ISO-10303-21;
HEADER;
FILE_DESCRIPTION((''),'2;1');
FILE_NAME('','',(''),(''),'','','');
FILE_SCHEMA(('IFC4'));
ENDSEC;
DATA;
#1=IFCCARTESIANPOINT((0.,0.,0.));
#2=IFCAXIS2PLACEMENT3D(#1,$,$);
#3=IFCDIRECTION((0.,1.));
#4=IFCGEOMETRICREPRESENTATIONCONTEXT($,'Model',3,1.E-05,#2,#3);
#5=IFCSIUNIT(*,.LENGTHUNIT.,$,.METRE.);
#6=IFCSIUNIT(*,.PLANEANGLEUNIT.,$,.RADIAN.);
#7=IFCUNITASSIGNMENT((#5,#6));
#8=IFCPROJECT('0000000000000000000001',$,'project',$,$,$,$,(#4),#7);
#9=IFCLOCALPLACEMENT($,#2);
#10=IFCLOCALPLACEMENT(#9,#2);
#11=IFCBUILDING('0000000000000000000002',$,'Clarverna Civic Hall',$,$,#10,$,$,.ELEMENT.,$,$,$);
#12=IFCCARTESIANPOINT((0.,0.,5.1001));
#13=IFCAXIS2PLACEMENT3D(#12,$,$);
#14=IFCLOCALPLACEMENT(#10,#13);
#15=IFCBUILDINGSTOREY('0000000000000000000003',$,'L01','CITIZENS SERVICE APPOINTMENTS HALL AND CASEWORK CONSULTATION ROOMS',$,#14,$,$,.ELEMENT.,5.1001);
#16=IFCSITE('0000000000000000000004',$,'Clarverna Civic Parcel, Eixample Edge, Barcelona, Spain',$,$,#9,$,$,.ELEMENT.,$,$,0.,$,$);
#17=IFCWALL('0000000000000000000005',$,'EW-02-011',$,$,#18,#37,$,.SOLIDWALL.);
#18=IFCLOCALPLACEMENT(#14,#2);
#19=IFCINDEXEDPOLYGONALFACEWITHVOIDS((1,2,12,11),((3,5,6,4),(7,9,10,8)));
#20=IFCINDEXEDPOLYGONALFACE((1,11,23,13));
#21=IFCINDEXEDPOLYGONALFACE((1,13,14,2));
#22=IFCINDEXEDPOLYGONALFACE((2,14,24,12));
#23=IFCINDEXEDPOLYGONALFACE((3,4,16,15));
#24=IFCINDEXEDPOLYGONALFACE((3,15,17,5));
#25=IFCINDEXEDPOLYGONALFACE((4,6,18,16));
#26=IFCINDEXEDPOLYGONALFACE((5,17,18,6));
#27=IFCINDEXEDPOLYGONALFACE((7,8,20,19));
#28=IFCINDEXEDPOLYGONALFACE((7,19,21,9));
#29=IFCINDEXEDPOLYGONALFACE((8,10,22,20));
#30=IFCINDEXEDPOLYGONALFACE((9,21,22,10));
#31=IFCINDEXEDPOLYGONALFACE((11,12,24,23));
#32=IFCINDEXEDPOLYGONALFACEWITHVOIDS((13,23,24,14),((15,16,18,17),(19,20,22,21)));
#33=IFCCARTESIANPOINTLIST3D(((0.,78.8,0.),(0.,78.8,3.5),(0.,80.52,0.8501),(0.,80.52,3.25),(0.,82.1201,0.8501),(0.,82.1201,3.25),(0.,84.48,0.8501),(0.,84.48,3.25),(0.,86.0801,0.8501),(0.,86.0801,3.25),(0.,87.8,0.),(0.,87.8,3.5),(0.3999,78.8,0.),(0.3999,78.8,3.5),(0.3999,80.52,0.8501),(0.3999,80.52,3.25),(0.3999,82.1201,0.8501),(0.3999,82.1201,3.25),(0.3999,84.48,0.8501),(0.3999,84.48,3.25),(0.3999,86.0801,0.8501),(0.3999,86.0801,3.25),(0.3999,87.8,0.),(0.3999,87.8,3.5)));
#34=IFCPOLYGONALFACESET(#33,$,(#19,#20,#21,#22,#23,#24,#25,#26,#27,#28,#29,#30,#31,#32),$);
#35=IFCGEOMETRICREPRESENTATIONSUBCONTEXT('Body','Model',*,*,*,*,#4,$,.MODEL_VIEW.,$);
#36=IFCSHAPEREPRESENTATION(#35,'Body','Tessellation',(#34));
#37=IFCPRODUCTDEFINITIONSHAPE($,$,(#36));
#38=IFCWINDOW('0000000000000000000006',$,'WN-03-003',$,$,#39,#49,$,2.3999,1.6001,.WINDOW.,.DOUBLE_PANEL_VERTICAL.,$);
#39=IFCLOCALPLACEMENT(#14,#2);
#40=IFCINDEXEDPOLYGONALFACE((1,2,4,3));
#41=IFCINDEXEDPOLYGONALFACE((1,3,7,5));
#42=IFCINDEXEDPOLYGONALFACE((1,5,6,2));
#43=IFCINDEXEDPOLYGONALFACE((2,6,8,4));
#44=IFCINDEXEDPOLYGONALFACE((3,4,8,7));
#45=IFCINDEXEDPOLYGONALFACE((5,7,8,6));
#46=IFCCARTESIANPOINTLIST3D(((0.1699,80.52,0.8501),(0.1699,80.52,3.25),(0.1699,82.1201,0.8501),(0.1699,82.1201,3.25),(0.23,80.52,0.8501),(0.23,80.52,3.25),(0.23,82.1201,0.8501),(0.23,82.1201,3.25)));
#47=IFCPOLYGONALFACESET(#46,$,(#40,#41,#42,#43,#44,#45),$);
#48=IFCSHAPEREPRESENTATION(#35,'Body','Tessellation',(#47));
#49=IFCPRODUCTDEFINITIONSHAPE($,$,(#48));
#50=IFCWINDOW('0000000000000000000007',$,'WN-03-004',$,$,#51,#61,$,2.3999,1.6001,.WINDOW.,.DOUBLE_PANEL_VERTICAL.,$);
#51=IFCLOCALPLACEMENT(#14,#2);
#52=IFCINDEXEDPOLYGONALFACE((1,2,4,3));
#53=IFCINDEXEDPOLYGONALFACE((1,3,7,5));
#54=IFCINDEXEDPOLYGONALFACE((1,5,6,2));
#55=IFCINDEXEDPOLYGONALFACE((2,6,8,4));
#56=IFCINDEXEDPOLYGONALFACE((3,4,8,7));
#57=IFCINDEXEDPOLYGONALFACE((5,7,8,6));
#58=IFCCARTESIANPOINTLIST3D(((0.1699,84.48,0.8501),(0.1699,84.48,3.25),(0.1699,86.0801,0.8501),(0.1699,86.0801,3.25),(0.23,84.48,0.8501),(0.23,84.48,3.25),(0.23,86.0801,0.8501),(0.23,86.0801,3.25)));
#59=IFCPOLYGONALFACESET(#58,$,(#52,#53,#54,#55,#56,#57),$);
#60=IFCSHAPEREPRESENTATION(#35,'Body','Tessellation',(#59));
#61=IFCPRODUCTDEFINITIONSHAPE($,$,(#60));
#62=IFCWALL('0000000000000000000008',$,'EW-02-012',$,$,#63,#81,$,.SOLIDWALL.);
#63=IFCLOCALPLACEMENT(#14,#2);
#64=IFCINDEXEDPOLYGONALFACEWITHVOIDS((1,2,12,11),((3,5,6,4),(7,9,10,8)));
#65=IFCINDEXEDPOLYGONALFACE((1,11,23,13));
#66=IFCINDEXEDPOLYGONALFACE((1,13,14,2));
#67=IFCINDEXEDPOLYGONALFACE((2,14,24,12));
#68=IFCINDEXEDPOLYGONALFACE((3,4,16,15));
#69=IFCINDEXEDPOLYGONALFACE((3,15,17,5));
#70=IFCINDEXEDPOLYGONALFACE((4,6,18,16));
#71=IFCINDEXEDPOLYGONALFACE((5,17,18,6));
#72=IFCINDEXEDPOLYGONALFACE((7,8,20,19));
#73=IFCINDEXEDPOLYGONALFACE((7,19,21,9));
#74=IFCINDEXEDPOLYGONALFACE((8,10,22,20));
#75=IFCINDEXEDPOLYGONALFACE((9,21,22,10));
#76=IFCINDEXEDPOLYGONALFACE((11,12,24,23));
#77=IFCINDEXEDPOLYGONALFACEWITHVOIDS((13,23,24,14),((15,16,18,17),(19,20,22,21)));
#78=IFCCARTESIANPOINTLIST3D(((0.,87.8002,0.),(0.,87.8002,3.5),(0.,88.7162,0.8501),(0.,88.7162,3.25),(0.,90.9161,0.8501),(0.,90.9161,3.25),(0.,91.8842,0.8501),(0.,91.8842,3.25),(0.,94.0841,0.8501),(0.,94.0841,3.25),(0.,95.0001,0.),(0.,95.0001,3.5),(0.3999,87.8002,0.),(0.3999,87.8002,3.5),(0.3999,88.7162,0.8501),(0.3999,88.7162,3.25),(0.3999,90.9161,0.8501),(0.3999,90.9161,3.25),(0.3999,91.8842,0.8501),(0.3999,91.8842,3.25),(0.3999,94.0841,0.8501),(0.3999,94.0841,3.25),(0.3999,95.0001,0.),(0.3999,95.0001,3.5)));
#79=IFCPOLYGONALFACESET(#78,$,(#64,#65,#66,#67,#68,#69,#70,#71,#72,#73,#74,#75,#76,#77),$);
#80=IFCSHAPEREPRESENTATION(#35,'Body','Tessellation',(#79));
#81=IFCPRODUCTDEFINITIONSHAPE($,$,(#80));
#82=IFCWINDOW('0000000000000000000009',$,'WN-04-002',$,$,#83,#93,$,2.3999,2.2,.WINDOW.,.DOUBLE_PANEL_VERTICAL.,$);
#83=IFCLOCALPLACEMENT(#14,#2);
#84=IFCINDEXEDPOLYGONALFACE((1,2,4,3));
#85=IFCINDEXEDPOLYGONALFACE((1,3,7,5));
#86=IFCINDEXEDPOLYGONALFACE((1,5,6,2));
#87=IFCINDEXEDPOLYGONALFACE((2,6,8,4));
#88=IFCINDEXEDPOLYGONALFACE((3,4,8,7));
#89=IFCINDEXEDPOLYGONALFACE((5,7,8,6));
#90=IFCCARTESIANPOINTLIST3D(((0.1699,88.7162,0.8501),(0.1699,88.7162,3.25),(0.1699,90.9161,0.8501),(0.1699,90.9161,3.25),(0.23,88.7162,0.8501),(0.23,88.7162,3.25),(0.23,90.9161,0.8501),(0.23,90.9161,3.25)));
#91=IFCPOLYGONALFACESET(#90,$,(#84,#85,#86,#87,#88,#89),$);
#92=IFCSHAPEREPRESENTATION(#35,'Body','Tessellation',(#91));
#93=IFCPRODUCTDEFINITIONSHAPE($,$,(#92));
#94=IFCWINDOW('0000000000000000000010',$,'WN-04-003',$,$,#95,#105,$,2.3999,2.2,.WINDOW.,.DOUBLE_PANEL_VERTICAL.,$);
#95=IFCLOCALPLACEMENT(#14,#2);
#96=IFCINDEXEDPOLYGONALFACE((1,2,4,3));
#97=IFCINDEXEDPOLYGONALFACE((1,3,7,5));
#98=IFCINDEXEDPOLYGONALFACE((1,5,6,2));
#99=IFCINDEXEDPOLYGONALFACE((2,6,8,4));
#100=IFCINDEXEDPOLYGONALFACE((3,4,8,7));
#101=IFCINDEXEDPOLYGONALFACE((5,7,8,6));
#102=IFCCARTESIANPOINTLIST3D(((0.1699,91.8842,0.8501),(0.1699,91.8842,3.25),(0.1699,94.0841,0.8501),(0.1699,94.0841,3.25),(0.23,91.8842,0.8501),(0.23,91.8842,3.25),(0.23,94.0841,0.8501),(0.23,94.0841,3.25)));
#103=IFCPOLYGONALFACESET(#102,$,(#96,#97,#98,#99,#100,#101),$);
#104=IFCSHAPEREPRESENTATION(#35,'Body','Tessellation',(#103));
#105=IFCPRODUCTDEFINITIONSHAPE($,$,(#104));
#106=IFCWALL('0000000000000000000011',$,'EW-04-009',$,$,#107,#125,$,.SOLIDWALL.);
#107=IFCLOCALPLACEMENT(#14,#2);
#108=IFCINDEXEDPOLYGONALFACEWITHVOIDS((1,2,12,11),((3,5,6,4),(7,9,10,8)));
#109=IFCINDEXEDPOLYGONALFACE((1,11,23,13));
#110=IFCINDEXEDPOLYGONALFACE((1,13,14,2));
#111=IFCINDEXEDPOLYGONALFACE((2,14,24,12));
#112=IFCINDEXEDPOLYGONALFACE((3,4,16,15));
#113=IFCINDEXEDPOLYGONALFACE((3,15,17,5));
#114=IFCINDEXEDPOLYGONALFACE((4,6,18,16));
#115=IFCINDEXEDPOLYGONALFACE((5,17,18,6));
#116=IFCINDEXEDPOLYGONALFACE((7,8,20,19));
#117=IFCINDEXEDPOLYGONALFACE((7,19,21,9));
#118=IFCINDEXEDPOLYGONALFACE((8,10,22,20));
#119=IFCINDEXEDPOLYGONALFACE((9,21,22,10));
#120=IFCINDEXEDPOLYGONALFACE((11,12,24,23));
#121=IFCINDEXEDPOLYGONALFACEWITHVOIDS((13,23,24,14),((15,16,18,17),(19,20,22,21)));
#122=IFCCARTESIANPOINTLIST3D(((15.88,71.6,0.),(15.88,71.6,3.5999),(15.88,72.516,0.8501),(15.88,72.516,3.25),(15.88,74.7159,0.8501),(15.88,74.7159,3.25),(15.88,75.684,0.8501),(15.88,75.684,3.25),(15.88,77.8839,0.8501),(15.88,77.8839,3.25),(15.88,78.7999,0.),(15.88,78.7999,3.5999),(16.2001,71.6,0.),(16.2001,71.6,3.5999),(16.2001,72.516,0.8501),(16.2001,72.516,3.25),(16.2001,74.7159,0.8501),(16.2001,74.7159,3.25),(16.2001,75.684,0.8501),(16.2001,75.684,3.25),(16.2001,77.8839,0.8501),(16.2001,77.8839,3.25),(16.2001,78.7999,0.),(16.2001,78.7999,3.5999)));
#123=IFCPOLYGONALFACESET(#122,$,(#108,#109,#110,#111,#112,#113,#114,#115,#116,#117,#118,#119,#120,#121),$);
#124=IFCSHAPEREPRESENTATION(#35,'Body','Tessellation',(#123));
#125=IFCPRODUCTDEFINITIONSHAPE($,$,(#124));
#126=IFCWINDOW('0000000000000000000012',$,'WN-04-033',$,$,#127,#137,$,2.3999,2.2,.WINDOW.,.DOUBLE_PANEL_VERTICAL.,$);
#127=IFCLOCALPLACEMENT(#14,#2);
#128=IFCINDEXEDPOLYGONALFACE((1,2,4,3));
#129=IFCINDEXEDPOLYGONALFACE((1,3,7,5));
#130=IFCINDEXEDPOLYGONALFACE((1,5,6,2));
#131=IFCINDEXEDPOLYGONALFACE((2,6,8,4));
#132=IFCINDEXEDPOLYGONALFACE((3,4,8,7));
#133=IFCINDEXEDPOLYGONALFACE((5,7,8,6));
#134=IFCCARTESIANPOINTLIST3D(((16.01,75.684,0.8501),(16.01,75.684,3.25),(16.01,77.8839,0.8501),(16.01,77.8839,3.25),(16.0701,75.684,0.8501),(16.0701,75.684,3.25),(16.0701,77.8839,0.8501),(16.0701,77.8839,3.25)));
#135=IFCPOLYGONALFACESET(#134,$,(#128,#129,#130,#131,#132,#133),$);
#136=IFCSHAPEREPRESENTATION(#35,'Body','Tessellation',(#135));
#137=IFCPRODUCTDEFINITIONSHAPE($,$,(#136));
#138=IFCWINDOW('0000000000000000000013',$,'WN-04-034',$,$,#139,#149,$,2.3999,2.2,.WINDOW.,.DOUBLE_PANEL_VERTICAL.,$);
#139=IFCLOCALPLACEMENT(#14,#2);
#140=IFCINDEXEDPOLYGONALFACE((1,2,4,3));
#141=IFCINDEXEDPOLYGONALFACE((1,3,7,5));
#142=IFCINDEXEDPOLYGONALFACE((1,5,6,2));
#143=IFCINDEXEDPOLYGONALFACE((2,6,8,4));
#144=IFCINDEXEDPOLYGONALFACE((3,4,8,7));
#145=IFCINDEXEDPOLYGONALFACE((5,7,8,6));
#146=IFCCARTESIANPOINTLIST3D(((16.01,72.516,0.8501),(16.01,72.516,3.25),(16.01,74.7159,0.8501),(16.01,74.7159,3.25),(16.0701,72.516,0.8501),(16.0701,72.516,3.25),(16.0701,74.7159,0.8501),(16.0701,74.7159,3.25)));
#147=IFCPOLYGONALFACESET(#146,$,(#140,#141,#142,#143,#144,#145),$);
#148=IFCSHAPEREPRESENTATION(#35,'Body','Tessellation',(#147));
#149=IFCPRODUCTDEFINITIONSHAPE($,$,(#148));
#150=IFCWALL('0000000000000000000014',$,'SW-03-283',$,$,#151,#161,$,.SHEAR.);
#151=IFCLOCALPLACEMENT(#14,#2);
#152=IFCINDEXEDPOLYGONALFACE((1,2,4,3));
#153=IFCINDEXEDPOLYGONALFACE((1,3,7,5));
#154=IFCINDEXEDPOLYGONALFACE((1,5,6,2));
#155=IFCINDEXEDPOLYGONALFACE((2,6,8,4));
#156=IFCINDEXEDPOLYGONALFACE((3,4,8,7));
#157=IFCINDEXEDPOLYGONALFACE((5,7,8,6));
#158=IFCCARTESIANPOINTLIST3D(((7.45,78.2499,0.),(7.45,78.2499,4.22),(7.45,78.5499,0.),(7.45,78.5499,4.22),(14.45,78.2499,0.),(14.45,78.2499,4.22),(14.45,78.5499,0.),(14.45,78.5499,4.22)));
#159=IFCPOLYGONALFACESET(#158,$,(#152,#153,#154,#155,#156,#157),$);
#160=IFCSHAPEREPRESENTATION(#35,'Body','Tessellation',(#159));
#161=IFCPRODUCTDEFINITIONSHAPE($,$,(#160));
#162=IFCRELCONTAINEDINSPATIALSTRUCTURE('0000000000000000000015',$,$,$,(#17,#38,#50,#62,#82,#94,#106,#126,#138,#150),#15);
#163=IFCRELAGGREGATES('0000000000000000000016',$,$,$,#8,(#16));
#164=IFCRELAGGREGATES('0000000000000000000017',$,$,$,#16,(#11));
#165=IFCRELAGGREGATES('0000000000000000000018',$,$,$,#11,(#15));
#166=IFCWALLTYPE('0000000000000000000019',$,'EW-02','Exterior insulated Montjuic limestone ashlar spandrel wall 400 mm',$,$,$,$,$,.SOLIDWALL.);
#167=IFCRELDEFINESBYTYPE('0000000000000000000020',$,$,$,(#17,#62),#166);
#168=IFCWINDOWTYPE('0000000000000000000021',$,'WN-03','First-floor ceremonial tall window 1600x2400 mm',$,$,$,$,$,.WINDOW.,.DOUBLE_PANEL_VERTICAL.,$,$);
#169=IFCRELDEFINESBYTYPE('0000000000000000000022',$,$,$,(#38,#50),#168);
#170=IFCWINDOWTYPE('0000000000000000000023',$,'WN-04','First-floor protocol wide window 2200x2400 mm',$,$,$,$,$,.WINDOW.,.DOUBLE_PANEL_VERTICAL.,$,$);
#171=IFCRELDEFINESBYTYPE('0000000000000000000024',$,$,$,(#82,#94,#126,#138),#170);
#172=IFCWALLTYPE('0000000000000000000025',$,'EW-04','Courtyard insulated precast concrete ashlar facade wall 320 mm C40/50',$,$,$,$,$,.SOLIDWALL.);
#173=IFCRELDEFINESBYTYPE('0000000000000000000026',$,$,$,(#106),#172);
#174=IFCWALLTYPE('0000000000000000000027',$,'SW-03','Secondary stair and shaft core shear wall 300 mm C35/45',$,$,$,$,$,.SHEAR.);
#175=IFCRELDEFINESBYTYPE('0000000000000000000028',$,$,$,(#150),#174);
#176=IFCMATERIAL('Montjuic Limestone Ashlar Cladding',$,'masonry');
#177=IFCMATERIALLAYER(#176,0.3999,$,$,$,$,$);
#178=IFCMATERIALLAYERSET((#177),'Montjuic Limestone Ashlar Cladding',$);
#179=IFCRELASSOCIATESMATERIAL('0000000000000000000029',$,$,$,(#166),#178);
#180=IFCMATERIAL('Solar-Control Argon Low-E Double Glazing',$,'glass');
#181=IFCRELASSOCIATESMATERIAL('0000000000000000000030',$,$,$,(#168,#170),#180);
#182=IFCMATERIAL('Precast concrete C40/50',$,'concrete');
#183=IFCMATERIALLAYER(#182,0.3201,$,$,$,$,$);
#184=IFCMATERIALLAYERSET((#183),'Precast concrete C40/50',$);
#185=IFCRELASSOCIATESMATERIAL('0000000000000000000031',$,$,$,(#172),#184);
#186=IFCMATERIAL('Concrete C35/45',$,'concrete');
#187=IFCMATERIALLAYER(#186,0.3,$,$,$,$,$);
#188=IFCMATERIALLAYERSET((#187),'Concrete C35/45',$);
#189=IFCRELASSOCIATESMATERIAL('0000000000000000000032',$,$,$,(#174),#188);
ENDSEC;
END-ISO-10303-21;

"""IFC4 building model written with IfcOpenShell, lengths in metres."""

from ifc_helpers import new_model, si_unit, direction, frame, frame_2d, origin, place, context, subcontext, project, spatial, rectangle, extrude, material, layer, layer_set, type_object, element, fill, save


model = new_model("IFC4")

# Units and contexts
model_context = context("Model", 3, precision=1e-05, world=origin(), true_north=direction((0.0, 1.0)))
body_context = subcontext(model_context, "Body", "Model", "MODEL_VIEW")
ifc_project = project(units=[si_unit("LENGTHUNIT", "METRE"), si_unit("PLANEANGLEUNIT", "RADIAN")], contexts=[model_context])

# Site, building, storey
site_placement = place(None, origin())
site = spatial("IfcSite", under=ifc_project, at=site_placement, Name="Clarverna Civic Parcel, Eixample Edge, Barcelona, Spain", CompositionType="ELEMENT", RefElevation=0.0)
building_placement = place(site_placement, origin())
building = spatial("IfcBuilding", under=site, at=building_placement, Name="Clarverna Civic Hall", CompositionType="ELEMENT")
storey_placement = place(building_placement, frame((0.0, 0.0, 5.1001)))
storey = spatial("IfcBuildingStorey", under=building, at=storey_placement, Name="L01", Description="CITIZENS SERVICE APPOINTMENTS HALL AND CASEWORK CONSULTATION ROOMS", CompositionType="ELEMENT", Elevation=5.1001)

# Shared definitions
ifc_material_1 = material(Name="Concrete C35/45", Category="concrete")

# Walls, openings, windows
ifc_material_2 = material(Name="Montjuic Limestone Ashlar Cladding", Category="masonry")
ifc_layer_1 = layer(ifc_material_2, 0.3999)
ifc_layer_set_1 = layer_set([ifc_layer_1], Name="Montjuic Limestone Ashlar Cladding")
wall_type_1 = type_object("IfcWallType", Name="EW-02", Description="Exterior insulated Montjuic limestone ashlar spandrel wall 400 mm", PredefinedType="SOLIDWALL", material=ifc_layer_set_1)
wall_1_placement = place(storey_placement, frame((0.2, 78.8, 0.0), z_axis=(0.0, 0.0, 1.0), x_axis=(0.0, 1.0, 0.0)))
wall_1 = element("IfcWall", 1, at=wall_1_placement, inside=storey, type_object=wall_type_1, Name="EW-02-011", PredefinedType="SOLIDWALL", context=body_context, shape_type="SweptSolid", body=[
    extrude(rectangle(XDim=9.0, YDim=0.3999, at=frame_2d((4.5, 0.0))), origin(), (0.0, 0.0, 1.0), 3.5),
])
opening_1_placement = place(wall_1_placement, frame((1.72, 0.0, 0.8501)))
opening_1 = element("IfcOpeningElement", 2, at=opening_1_placement, cuts=wall_1, PredefinedType="OPENING", context=body_context, shape_type="SweptSolid", body=[
    extrude(rectangle(XDim=1.6001, YDim=2.3999, at=frame_2d((0.8, 1.2))), frame((0.0, 0.21, 0.0), z_axis=(0.0, -1.0, 0.0), x_axis=(1.0, 0.0, 0.0)), (0.0, 0.0, 1.0), 0.4199),
])
opening_2_placement = place(wall_1_placement, frame((5.6799, 0.0, 0.8501)))
opening_2 = element("IfcOpeningElement", 3, at=opening_2_placement, cuts=wall_1, PredefinedType="OPENING", context=body_context, shape_type="SweptSolid", body=[
    extrude(rectangle(XDim=1.6001, YDim=2.3999, at=frame_2d((0.8, 1.2))), frame((0.0, 0.21, 0.0), z_axis=(0.0, -1.0, 0.0), x_axis=(1.0, 0.0, 0.0)), (0.0, 0.0, 1.0), 0.4199),
])
ifc_material_3 = material(Name="Solar-Control Argon Low-E Double Glazing", Category="glass")
window_type_1 = type_object("IfcWindowType", Name="WN-03", Description="First-floor ceremonial tall window 1600x2400 mm", PartitioningType="DOUBLE_PANEL_VERTICAL", PredefinedType="WINDOW", material=ifc_material_3)
window_1_placement = place(opening_1_placement, origin())
window_1 = element("IfcWindow", 4, at=window_1_placement, inside=storey, type_object=window_type_1, Name="WN-03-003", OverallHeight=2.3999, OverallWidth=1.6001, PartitioningType="DOUBLE_PANEL_VERTICAL", PredefinedType="WINDOW", context=body_context, shape_type="SweptSolid", body=[
    extrude(rectangle(XDim=1.6001, YDim=2.3999, at=frame_2d((0.8, 1.2))), frame((0.0, 0.03, 0.0), z_axis=(0.0, -1.0, 0.0), x_axis=(1.0, 0.0, 0.0)), (0.0, 0.0, 1.0), 0.0601),
])
fill(opening_1, window_1)
window_2_placement = place(opening_2_placement, origin())
window_2 = element("IfcWindow", 5, at=window_2_placement, inside=storey, type_object=window_type_1, Name="WN-03-004", OverallHeight=2.3999, OverallWidth=1.6001, PartitioningType="DOUBLE_PANEL_VERTICAL", PredefinedType="WINDOW", context=body_context, shape_type="SweptSolid", body=[
    extrude(rectangle(XDim=1.6001, YDim=2.3999, at=frame_2d((0.8, 1.2))), frame((0.0, 0.03, 0.0), z_axis=(0.0, -1.0, 0.0), x_axis=(1.0, 0.0, 0.0)), (0.0, 0.0, 1.0), 0.0601),
])
fill(opening_2, window_2)
wall_2_placement = place(storey_placement, frame((0.2, 87.8, 0.0), z_axis=(0.0, 0.0, 1.0), x_axis=(0.0, 1.0, 0.0)))
wall_2 = element("IfcWall", 6, at=wall_2_placement, inside=storey, type_object=wall_type_1, Name="EW-02-012", PredefinedType="SOLIDWALL", context=body_context, shape_type="SweptSolid", body=[
    extrude(rectangle(XDim=7.2, YDim=0.3999, at=frame_2d((3.6001, 0.0))), origin(), (0.0, 0.0, 1.0), 3.5),
])
opening_3_placement = place(wall_2_placement, frame((0.916, 0.0, 0.8501)))
opening_3 = element("IfcOpeningElement", 7, at=opening_3_placement, cuts=wall_2, PredefinedType="OPENING", context=body_context, shape_type="SweptSolid", body=[
    extrude(rectangle(XDim=2.2, YDim=2.3999, at=frame_2d((1.1001, 1.2))), frame((0.0, 0.21, 0.0), z_axis=(0.0, -1.0, 0.0), x_axis=(1.0, 0.0, 0.0)), (0.0, 0.0, 1.0), 0.4199),
])
opening_4_placement = place(wall_2_placement, frame((4.084, 0.0, 0.8501)))
opening_4 = element("IfcOpeningElement", 8, at=opening_4_placement, cuts=wall_2, PredefinedType="OPENING", context=body_context, shape_type="SweptSolid", body=[
    extrude(rectangle(XDim=2.2, YDim=2.3999, at=frame_2d((1.1001, 1.2))), frame((0.0, 0.21, 0.0), z_axis=(0.0, -1.0, 0.0), x_axis=(1.0, 0.0, 0.0)), (0.0, 0.0, 1.0), 0.4199),
])
window_type_2 = type_object("IfcWindowType", Name="WN-04", Description="First-floor protocol wide window 2200x2400 mm", PartitioningType="DOUBLE_PANEL_VERTICAL", PredefinedType="WINDOW", material=ifc_material_3)
window_3_placement = place(opening_3_placement, origin())
window_3 = element("IfcWindow", 9, at=window_3_placement, inside=storey, type_object=window_type_2, Name="WN-04-002", OverallHeight=2.3999, OverallWidth=2.2, PartitioningType="DOUBLE_PANEL_VERTICAL", PredefinedType="WINDOW", context=body_context, shape_type="SweptSolid", body=[
    extrude(rectangle(XDim=2.2, YDim=2.3999, at=frame_2d((1.1001, 1.2))), frame((0.0, 0.03, 0.0), z_axis=(0.0, -1.0, 0.0), x_axis=(1.0, 0.0, 0.0)), (0.0, 0.0, 1.0), 0.0601),
])
fill(opening_3, window_3)
window_4_placement = place(opening_4_placement, origin())
window_4 = element("IfcWindow", 10, at=window_4_placement, inside=storey, type_object=window_type_2, Name="WN-04-003", OverallHeight=2.3999, OverallWidth=2.2, PartitioningType="DOUBLE_PANEL_VERTICAL", PredefinedType="WINDOW", context=body_context, shape_type="SweptSolid", body=[
    extrude(rectangle(XDim=2.2, YDim=2.3999, at=frame_2d((1.1001, 1.2))), frame((0.0, 0.03, 0.0), z_axis=(0.0, -1.0, 0.0), x_axis=(1.0, 0.0, 0.0)), (0.0, 0.0, 1.0), 0.0601),
])
fill(opening_4, window_4)
ifc_material_4 = material(Name="Precast concrete C40/50", Category="concrete")
ifc_layer_2 = layer(ifc_material_4, 0.3201)
ifc_layer_set_2 = layer_set([ifc_layer_2], Name="Precast concrete C40/50")
wall_type_2 = type_object("IfcWallType", Name="EW-04", Description="Courtyard insulated precast concrete ashlar facade wall 320 mm C40/50", PredefinedType="SOLIDWALL", material=ifc_layer_set_2)
wall_3_placement = place(storey_placement, frame((16.04, 78.8, 0.0), z_axis=(0.0, 0.0, 1.0), x_axis=(0.0, -1.0, 0.0)))
wall_3 = element("IfcWall", 11, at=wall_3_placement, inside=storey, type_object=wall_type_2, Name="EW-04-009", PredefinedType="SOLIDWALL", context=body_context, shape_type="SweptSolid", body=[
    extrude(rectangle(XDim=7.2, YDim=0.3201, at=frame_2d((3.6001, 0.0))), origin(), (0.0, 0.0, 1.0), 3.5999),
])
opening_5_placement = place(wall_3_placement, frame((0.916, 0.0, 0.8501)))
opening_5 = element("IfcOpeningElement", 12, at=opening_5_placement, cuts=wall_3, PredefinedType="OPENING", context=body_context, shape_type="SweptSolid", body=[
    extrude(rectangle(XDim=2.2, YDim=2.3999, at=frame_2d((1.1001, 1.2))), frame((0.0, 0.1699, 0.0), z_axis=(0.0, -1.0, 0.0), x_axis=(1.0, 0.0, 0.0)), (0.0, 0.0, 1.0), 0.3401),
])
opening_6_placement = place(wall_3_placement, frame((4.084, 0.0, 0.8501)))
opening_6 = element("IfcOpeningElement", 13, at=opening_6_placement, cuts=wall_3, PredefinedType="OPENING", context=body_context, shape_type="SweptSolid", body=[
    extrude(rectangle(XDim=2.2, YDim=2.3999, at=frame_2d((1.1001, 1.2))), frame((0.0, 0.1699, 0.0), z_axis=(0.0, -1.0, 0.0), x_axis=(1.0, 0.0, 0.0)), (0.0, 0.0, 1.0), 0.3401),
])
window_5_placement = place(opening_5_placement, origin())
window_5 = element("IfcWindow", 14, at=window_5_placement, inside=storey, type_object=window_type_2, Name="WN-04-033", OverallHeight=2.3999, OverallWidth=2.2, PartitioningType="DOUBLE_PANEL_VERTICAL", PredefinedType="WINDOW", context=body_context, shape_type="SweptSolid", body=[
    extrude(rectangle(XDim=2.2, YDim=2.3999, at=frame_2d((1.1001, 1.2))), frame((0.0, 0.03, 0.0), z_axis=(0.0, -1.0, 0.0), x_axis=(1.0, 0.0, 0.0)), (0.0, 0.0, 1.0), 0.0601),
])
fill(opening_5, window_5)
window_6_placement = place(opening_6_placement, origin())
window_6 = element("IfcWindow", 15, at=window_6_placement, inside=storey, type_object=window_type_2, Name="WN-04-034", OverallHeight=2.3999, OverallWidth=2.2, PartitioningType="DOUBLE_PANEL_VERTICAL", PredefinedType="WINDOW", context=body_context, shape_type="SweptSolid", body=[
    extrude(rectangle(XDim=2.2, YDim=2.3999, at=frame_2d((1.1001, 1.2))), frame((0.0, 0.03, 0.0), z_axis=(0.0, -1.0, 0.0), x_axis=(1.0, 0.0, 0.0)), (0.0, 0.0, 1.0), 0.0601),
])
fill(opening_6, window_6)

# Wall
ifc_layer_3 = layer(ifc_material_1, 0.3)
ifc_layer_set_3 = layer_set([ifc_layer_3], Name="Concrete C35/45")
wall_type_3 = type_object("IfcWallType", Name="SW-03", Description="Secondary stair and shaft core shear wall 300 mm C35/45", PredefinedType="SHEAR", material=ifc_layer_set_3)
wall_4_placement = place(storey_placement, frame((7.45, 78.3999, 0.0), z_axis=(0.0, 0.0, 1.0), x_axis=(1.0, 0.0, 0.0)))
element("IfcWall", 16, at=wall_4_placement, inside=storey, type_object=wall_type_3, Name="SW-03-283", PredefinedType="SHEAR", context=body_context, shape_type="SweptSolid", body=[
    extrude(rectangle(XDim=7.0, YDim=0.3, at=frame_2d((3.5, 0.0))), origin(), (0.0, 0.0, 1.0), 4.22),
])

save(model, "model.ifc")
